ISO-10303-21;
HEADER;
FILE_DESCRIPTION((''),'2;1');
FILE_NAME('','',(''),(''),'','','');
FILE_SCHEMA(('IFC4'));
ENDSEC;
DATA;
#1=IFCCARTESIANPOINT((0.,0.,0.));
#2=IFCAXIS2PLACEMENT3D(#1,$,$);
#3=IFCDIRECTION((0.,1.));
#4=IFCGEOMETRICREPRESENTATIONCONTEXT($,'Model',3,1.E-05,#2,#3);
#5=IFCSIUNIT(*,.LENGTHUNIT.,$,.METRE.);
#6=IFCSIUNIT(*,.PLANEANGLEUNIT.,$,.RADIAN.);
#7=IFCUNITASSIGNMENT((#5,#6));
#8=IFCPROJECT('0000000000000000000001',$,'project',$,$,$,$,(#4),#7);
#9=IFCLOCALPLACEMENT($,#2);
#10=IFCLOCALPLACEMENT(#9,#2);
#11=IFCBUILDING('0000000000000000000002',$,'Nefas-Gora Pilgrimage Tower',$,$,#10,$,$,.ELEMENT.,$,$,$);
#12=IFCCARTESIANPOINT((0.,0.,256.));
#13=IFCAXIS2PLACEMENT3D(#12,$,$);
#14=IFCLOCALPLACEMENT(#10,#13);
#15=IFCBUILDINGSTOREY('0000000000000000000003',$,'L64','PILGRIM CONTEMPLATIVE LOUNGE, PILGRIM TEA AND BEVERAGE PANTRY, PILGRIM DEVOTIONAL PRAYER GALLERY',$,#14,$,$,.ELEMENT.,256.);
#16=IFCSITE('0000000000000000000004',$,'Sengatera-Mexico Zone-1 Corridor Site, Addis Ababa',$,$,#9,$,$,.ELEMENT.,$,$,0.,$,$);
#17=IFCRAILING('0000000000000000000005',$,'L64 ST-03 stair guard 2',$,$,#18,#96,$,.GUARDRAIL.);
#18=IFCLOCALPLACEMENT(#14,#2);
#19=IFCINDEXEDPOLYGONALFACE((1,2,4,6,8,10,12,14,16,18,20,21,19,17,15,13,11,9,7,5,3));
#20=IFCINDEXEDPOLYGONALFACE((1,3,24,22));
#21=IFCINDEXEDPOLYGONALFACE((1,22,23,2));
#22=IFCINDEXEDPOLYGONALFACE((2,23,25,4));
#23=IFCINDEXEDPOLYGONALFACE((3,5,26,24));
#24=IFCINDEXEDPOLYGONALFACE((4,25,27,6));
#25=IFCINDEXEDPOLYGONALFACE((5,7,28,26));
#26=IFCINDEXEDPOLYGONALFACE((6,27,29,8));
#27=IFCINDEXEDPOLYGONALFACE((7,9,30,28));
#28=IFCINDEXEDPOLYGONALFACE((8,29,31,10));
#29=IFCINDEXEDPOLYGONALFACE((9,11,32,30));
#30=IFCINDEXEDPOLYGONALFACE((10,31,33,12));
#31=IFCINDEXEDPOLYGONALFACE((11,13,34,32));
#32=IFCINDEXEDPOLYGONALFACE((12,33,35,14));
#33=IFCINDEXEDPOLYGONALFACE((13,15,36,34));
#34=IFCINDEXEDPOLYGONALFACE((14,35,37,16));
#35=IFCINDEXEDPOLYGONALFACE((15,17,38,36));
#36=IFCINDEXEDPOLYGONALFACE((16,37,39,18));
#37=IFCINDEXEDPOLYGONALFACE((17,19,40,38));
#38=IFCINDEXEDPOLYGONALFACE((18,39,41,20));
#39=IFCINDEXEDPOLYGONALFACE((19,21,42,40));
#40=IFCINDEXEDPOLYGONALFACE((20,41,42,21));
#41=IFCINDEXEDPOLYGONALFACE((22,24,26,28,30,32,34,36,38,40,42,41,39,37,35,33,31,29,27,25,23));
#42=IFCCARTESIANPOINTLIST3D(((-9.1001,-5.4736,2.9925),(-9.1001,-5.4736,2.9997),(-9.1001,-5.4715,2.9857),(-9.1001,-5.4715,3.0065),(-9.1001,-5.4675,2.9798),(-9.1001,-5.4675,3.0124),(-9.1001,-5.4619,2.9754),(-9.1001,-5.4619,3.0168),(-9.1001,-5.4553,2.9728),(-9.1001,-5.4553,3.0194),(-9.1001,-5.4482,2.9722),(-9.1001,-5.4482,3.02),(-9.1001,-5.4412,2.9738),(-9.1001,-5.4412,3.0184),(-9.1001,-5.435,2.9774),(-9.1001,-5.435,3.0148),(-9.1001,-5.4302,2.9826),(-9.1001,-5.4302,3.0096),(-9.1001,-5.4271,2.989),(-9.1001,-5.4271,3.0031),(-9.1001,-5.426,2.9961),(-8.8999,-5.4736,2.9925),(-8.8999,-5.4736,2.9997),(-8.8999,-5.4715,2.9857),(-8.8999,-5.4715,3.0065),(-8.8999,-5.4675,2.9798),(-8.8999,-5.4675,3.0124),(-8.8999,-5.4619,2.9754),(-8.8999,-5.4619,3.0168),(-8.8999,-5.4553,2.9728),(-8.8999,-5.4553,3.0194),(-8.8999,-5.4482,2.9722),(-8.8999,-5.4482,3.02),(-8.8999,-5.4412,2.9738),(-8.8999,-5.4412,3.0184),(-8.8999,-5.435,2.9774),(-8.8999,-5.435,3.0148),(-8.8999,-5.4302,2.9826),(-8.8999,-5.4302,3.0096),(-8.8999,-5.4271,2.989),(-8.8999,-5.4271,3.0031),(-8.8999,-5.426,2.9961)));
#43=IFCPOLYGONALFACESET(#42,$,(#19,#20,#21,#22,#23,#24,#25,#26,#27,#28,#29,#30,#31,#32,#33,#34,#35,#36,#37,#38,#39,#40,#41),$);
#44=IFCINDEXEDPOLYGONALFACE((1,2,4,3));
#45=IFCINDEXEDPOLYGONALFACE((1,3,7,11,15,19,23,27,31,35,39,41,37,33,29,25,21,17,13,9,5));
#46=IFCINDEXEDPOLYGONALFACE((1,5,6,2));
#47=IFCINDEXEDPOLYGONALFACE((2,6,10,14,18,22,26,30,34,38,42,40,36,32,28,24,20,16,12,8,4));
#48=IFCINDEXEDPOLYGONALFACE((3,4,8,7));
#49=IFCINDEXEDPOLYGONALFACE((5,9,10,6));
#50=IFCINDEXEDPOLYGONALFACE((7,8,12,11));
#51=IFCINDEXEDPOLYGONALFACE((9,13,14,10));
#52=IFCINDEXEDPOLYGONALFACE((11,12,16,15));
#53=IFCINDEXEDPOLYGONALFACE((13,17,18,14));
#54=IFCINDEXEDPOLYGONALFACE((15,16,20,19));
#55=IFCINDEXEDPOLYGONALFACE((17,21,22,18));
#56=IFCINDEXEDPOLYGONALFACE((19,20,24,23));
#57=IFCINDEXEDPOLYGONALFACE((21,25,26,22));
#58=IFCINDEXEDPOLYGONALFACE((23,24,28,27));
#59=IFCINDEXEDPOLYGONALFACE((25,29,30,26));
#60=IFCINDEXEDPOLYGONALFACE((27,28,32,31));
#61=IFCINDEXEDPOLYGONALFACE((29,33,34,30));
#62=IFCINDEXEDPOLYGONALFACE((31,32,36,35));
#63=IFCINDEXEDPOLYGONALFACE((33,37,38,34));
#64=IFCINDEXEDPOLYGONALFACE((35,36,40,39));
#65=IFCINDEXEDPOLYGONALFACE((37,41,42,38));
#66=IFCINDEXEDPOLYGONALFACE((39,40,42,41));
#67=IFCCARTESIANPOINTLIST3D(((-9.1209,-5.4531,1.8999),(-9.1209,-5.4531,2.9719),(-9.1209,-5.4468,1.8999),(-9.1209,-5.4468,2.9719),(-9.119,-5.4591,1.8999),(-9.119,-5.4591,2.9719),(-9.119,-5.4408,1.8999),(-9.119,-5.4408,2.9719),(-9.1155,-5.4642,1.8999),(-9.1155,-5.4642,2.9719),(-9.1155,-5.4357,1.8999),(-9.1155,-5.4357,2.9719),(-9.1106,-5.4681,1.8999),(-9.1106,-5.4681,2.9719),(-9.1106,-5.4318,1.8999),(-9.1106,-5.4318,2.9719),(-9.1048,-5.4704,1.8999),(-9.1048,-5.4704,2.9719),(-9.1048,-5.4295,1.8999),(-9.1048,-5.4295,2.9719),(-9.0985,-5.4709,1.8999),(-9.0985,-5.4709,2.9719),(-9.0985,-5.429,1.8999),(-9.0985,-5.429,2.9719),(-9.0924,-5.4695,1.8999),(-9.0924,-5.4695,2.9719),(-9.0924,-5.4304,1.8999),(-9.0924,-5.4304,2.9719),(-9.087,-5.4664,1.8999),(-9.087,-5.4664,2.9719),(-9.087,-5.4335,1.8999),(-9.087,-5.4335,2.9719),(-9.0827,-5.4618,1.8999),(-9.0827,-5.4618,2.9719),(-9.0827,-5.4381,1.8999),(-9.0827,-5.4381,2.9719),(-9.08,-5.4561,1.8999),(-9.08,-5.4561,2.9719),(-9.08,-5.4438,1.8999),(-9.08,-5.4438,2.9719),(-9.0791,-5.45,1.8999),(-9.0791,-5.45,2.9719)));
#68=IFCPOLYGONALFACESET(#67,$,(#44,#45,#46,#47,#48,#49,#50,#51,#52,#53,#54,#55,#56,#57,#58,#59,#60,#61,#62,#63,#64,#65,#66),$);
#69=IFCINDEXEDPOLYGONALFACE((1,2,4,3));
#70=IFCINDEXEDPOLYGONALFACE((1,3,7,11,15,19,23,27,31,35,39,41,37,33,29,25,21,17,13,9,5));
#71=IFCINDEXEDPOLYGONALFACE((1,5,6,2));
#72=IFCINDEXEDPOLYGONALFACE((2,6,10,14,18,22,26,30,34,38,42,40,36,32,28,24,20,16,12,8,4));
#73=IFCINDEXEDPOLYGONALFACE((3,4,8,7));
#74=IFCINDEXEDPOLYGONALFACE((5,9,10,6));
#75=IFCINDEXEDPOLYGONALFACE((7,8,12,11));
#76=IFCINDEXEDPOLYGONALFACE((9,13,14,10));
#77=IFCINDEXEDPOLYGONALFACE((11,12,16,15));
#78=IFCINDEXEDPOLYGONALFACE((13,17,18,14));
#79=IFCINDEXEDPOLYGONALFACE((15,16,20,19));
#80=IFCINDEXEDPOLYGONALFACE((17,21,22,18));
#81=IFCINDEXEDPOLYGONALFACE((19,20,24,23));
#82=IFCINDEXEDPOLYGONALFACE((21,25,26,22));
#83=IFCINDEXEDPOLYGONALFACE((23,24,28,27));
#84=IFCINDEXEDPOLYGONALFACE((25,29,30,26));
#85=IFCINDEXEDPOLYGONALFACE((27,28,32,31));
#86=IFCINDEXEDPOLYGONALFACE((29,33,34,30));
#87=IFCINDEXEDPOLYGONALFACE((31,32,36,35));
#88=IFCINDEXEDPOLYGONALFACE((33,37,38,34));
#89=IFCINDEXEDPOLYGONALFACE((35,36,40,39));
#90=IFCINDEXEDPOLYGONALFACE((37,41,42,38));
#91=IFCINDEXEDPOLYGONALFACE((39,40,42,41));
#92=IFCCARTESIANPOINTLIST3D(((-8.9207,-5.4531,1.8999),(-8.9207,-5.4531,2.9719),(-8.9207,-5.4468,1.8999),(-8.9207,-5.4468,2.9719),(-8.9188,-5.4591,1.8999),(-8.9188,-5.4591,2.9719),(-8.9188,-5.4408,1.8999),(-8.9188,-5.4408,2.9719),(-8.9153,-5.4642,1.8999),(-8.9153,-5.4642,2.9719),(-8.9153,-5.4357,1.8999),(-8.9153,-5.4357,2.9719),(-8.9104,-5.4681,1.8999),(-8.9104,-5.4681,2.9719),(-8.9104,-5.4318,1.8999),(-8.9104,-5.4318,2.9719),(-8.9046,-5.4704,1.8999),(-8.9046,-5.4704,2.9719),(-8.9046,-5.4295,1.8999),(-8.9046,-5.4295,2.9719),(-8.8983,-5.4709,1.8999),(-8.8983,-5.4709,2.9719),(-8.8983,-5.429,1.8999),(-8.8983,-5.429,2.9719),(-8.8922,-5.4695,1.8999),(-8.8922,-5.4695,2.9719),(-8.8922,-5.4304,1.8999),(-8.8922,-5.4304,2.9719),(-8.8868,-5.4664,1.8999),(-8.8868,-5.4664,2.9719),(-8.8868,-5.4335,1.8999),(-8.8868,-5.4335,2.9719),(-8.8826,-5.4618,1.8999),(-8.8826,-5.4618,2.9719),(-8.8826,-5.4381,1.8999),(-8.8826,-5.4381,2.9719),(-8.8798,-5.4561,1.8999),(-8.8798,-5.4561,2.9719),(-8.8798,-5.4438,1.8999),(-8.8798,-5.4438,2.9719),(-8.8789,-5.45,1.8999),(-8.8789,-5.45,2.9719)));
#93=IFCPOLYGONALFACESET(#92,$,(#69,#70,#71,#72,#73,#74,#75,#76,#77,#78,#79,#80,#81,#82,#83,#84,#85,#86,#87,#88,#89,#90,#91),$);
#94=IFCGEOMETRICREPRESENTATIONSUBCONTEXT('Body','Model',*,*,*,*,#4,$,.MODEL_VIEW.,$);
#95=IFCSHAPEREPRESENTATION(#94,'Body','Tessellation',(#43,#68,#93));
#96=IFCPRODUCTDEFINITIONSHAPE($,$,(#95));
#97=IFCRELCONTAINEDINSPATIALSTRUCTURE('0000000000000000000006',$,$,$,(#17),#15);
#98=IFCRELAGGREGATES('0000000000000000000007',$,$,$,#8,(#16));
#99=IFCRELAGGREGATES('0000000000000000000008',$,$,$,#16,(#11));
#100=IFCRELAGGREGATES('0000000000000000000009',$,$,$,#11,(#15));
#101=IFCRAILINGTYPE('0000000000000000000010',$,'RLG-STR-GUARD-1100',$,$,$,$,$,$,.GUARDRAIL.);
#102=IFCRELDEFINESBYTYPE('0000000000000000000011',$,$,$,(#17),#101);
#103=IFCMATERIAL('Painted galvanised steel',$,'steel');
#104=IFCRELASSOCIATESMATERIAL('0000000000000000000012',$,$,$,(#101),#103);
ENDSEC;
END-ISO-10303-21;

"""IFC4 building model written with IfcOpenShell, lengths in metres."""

from ifc_helpers import new_model, si_unit, direction, frame, origin, origin_2d, place, context, subcontext, project, spatial, circle, extrude, material, type_object, element, save


model = new_model("IFC4")

# Units and contexts
model_context = context("Model", 3, precision=1e-05, world=origin(), true_north=direction((0.0, 1.0)))
body_context = subcontext(model_context, "Body", "Model", "MODEL_VIEW")
ifc_project = project(units=[si_unit("LENGTHUNIT", "METRE"), si_unit("PLANEANGLEUNIT", "RADIAN")], contexts=[model_context])

# Site, building, storey
site_placement = place(None, origin())
site = spatial("IfcSite", under=ifc_project, at=site_placement, Name="Sengatera-Mexico Zone-1 Corridor Site, Addis Ababa", CompositionType="ELEMENT", RefElevation=0.0)
building_placement = place(site_placement, origin())
building = spatial("IfcBuilding", under=site, at=building_placement, Name="Nefas-Gora Pilgrimage Tower", CompositionType="ELEMENT")
storey_placement = place(building_placement, frame((0.0, 0.0, 256.0)))
storey = spatial("IfcBuildingStorey", under=building, at=storey_placement, Name="L64", Description="PILGRIM CONTEMPLATIVE LOUNGE, PILGRIM TEA AND BEVERAGE PANTRY, PILGRIM DEVOTIONAL PRAYER GALLERY", CompositionType="ELEMENT", Elevation=256.0)

# Railing
ifc_material_1 = material(Name="Painted galvanised steel", Category="steel")
railing_type_1 = type_object("IfcRailingType", Name="RLG-STR-GUARD-1100", PredefinedType="GUARDRAIL", material=ifc_material_1)
railing_1_placement = place(storey_placement, frame((-9.1001, -5.45, 1.8999)))
element("IfcRailing", 1, at=railing_1_placement, inside=storey, type_object=railing_type_1, Name="L64 ST-03 stair guard 2", PredefinedType="GUARDRAIL", context=body_context, shape_type="SweptSolid", body=[
    extrude(circle(Radius=0.0239, at=origin_2d()), frame((0.0, 0.0, 1.0962), z_axis=(1.0, 0.0, 0.0), x_axis=(0.0, 1.0, 0.0)), (0.0, 0.0, 1.0), 0.2002),
    extrude(circle(Radius=0.021, at=origin_2d()), origin(), (0.0, 0.0, 1.0), 1.072),
    extrude(circle(Radius=0.021, at=origin_2d()), frame((0.2002, 0.0, 0.0)), (0.0, 0.0, 1.0), 1.072),
])

save(model, "model.ifc")
